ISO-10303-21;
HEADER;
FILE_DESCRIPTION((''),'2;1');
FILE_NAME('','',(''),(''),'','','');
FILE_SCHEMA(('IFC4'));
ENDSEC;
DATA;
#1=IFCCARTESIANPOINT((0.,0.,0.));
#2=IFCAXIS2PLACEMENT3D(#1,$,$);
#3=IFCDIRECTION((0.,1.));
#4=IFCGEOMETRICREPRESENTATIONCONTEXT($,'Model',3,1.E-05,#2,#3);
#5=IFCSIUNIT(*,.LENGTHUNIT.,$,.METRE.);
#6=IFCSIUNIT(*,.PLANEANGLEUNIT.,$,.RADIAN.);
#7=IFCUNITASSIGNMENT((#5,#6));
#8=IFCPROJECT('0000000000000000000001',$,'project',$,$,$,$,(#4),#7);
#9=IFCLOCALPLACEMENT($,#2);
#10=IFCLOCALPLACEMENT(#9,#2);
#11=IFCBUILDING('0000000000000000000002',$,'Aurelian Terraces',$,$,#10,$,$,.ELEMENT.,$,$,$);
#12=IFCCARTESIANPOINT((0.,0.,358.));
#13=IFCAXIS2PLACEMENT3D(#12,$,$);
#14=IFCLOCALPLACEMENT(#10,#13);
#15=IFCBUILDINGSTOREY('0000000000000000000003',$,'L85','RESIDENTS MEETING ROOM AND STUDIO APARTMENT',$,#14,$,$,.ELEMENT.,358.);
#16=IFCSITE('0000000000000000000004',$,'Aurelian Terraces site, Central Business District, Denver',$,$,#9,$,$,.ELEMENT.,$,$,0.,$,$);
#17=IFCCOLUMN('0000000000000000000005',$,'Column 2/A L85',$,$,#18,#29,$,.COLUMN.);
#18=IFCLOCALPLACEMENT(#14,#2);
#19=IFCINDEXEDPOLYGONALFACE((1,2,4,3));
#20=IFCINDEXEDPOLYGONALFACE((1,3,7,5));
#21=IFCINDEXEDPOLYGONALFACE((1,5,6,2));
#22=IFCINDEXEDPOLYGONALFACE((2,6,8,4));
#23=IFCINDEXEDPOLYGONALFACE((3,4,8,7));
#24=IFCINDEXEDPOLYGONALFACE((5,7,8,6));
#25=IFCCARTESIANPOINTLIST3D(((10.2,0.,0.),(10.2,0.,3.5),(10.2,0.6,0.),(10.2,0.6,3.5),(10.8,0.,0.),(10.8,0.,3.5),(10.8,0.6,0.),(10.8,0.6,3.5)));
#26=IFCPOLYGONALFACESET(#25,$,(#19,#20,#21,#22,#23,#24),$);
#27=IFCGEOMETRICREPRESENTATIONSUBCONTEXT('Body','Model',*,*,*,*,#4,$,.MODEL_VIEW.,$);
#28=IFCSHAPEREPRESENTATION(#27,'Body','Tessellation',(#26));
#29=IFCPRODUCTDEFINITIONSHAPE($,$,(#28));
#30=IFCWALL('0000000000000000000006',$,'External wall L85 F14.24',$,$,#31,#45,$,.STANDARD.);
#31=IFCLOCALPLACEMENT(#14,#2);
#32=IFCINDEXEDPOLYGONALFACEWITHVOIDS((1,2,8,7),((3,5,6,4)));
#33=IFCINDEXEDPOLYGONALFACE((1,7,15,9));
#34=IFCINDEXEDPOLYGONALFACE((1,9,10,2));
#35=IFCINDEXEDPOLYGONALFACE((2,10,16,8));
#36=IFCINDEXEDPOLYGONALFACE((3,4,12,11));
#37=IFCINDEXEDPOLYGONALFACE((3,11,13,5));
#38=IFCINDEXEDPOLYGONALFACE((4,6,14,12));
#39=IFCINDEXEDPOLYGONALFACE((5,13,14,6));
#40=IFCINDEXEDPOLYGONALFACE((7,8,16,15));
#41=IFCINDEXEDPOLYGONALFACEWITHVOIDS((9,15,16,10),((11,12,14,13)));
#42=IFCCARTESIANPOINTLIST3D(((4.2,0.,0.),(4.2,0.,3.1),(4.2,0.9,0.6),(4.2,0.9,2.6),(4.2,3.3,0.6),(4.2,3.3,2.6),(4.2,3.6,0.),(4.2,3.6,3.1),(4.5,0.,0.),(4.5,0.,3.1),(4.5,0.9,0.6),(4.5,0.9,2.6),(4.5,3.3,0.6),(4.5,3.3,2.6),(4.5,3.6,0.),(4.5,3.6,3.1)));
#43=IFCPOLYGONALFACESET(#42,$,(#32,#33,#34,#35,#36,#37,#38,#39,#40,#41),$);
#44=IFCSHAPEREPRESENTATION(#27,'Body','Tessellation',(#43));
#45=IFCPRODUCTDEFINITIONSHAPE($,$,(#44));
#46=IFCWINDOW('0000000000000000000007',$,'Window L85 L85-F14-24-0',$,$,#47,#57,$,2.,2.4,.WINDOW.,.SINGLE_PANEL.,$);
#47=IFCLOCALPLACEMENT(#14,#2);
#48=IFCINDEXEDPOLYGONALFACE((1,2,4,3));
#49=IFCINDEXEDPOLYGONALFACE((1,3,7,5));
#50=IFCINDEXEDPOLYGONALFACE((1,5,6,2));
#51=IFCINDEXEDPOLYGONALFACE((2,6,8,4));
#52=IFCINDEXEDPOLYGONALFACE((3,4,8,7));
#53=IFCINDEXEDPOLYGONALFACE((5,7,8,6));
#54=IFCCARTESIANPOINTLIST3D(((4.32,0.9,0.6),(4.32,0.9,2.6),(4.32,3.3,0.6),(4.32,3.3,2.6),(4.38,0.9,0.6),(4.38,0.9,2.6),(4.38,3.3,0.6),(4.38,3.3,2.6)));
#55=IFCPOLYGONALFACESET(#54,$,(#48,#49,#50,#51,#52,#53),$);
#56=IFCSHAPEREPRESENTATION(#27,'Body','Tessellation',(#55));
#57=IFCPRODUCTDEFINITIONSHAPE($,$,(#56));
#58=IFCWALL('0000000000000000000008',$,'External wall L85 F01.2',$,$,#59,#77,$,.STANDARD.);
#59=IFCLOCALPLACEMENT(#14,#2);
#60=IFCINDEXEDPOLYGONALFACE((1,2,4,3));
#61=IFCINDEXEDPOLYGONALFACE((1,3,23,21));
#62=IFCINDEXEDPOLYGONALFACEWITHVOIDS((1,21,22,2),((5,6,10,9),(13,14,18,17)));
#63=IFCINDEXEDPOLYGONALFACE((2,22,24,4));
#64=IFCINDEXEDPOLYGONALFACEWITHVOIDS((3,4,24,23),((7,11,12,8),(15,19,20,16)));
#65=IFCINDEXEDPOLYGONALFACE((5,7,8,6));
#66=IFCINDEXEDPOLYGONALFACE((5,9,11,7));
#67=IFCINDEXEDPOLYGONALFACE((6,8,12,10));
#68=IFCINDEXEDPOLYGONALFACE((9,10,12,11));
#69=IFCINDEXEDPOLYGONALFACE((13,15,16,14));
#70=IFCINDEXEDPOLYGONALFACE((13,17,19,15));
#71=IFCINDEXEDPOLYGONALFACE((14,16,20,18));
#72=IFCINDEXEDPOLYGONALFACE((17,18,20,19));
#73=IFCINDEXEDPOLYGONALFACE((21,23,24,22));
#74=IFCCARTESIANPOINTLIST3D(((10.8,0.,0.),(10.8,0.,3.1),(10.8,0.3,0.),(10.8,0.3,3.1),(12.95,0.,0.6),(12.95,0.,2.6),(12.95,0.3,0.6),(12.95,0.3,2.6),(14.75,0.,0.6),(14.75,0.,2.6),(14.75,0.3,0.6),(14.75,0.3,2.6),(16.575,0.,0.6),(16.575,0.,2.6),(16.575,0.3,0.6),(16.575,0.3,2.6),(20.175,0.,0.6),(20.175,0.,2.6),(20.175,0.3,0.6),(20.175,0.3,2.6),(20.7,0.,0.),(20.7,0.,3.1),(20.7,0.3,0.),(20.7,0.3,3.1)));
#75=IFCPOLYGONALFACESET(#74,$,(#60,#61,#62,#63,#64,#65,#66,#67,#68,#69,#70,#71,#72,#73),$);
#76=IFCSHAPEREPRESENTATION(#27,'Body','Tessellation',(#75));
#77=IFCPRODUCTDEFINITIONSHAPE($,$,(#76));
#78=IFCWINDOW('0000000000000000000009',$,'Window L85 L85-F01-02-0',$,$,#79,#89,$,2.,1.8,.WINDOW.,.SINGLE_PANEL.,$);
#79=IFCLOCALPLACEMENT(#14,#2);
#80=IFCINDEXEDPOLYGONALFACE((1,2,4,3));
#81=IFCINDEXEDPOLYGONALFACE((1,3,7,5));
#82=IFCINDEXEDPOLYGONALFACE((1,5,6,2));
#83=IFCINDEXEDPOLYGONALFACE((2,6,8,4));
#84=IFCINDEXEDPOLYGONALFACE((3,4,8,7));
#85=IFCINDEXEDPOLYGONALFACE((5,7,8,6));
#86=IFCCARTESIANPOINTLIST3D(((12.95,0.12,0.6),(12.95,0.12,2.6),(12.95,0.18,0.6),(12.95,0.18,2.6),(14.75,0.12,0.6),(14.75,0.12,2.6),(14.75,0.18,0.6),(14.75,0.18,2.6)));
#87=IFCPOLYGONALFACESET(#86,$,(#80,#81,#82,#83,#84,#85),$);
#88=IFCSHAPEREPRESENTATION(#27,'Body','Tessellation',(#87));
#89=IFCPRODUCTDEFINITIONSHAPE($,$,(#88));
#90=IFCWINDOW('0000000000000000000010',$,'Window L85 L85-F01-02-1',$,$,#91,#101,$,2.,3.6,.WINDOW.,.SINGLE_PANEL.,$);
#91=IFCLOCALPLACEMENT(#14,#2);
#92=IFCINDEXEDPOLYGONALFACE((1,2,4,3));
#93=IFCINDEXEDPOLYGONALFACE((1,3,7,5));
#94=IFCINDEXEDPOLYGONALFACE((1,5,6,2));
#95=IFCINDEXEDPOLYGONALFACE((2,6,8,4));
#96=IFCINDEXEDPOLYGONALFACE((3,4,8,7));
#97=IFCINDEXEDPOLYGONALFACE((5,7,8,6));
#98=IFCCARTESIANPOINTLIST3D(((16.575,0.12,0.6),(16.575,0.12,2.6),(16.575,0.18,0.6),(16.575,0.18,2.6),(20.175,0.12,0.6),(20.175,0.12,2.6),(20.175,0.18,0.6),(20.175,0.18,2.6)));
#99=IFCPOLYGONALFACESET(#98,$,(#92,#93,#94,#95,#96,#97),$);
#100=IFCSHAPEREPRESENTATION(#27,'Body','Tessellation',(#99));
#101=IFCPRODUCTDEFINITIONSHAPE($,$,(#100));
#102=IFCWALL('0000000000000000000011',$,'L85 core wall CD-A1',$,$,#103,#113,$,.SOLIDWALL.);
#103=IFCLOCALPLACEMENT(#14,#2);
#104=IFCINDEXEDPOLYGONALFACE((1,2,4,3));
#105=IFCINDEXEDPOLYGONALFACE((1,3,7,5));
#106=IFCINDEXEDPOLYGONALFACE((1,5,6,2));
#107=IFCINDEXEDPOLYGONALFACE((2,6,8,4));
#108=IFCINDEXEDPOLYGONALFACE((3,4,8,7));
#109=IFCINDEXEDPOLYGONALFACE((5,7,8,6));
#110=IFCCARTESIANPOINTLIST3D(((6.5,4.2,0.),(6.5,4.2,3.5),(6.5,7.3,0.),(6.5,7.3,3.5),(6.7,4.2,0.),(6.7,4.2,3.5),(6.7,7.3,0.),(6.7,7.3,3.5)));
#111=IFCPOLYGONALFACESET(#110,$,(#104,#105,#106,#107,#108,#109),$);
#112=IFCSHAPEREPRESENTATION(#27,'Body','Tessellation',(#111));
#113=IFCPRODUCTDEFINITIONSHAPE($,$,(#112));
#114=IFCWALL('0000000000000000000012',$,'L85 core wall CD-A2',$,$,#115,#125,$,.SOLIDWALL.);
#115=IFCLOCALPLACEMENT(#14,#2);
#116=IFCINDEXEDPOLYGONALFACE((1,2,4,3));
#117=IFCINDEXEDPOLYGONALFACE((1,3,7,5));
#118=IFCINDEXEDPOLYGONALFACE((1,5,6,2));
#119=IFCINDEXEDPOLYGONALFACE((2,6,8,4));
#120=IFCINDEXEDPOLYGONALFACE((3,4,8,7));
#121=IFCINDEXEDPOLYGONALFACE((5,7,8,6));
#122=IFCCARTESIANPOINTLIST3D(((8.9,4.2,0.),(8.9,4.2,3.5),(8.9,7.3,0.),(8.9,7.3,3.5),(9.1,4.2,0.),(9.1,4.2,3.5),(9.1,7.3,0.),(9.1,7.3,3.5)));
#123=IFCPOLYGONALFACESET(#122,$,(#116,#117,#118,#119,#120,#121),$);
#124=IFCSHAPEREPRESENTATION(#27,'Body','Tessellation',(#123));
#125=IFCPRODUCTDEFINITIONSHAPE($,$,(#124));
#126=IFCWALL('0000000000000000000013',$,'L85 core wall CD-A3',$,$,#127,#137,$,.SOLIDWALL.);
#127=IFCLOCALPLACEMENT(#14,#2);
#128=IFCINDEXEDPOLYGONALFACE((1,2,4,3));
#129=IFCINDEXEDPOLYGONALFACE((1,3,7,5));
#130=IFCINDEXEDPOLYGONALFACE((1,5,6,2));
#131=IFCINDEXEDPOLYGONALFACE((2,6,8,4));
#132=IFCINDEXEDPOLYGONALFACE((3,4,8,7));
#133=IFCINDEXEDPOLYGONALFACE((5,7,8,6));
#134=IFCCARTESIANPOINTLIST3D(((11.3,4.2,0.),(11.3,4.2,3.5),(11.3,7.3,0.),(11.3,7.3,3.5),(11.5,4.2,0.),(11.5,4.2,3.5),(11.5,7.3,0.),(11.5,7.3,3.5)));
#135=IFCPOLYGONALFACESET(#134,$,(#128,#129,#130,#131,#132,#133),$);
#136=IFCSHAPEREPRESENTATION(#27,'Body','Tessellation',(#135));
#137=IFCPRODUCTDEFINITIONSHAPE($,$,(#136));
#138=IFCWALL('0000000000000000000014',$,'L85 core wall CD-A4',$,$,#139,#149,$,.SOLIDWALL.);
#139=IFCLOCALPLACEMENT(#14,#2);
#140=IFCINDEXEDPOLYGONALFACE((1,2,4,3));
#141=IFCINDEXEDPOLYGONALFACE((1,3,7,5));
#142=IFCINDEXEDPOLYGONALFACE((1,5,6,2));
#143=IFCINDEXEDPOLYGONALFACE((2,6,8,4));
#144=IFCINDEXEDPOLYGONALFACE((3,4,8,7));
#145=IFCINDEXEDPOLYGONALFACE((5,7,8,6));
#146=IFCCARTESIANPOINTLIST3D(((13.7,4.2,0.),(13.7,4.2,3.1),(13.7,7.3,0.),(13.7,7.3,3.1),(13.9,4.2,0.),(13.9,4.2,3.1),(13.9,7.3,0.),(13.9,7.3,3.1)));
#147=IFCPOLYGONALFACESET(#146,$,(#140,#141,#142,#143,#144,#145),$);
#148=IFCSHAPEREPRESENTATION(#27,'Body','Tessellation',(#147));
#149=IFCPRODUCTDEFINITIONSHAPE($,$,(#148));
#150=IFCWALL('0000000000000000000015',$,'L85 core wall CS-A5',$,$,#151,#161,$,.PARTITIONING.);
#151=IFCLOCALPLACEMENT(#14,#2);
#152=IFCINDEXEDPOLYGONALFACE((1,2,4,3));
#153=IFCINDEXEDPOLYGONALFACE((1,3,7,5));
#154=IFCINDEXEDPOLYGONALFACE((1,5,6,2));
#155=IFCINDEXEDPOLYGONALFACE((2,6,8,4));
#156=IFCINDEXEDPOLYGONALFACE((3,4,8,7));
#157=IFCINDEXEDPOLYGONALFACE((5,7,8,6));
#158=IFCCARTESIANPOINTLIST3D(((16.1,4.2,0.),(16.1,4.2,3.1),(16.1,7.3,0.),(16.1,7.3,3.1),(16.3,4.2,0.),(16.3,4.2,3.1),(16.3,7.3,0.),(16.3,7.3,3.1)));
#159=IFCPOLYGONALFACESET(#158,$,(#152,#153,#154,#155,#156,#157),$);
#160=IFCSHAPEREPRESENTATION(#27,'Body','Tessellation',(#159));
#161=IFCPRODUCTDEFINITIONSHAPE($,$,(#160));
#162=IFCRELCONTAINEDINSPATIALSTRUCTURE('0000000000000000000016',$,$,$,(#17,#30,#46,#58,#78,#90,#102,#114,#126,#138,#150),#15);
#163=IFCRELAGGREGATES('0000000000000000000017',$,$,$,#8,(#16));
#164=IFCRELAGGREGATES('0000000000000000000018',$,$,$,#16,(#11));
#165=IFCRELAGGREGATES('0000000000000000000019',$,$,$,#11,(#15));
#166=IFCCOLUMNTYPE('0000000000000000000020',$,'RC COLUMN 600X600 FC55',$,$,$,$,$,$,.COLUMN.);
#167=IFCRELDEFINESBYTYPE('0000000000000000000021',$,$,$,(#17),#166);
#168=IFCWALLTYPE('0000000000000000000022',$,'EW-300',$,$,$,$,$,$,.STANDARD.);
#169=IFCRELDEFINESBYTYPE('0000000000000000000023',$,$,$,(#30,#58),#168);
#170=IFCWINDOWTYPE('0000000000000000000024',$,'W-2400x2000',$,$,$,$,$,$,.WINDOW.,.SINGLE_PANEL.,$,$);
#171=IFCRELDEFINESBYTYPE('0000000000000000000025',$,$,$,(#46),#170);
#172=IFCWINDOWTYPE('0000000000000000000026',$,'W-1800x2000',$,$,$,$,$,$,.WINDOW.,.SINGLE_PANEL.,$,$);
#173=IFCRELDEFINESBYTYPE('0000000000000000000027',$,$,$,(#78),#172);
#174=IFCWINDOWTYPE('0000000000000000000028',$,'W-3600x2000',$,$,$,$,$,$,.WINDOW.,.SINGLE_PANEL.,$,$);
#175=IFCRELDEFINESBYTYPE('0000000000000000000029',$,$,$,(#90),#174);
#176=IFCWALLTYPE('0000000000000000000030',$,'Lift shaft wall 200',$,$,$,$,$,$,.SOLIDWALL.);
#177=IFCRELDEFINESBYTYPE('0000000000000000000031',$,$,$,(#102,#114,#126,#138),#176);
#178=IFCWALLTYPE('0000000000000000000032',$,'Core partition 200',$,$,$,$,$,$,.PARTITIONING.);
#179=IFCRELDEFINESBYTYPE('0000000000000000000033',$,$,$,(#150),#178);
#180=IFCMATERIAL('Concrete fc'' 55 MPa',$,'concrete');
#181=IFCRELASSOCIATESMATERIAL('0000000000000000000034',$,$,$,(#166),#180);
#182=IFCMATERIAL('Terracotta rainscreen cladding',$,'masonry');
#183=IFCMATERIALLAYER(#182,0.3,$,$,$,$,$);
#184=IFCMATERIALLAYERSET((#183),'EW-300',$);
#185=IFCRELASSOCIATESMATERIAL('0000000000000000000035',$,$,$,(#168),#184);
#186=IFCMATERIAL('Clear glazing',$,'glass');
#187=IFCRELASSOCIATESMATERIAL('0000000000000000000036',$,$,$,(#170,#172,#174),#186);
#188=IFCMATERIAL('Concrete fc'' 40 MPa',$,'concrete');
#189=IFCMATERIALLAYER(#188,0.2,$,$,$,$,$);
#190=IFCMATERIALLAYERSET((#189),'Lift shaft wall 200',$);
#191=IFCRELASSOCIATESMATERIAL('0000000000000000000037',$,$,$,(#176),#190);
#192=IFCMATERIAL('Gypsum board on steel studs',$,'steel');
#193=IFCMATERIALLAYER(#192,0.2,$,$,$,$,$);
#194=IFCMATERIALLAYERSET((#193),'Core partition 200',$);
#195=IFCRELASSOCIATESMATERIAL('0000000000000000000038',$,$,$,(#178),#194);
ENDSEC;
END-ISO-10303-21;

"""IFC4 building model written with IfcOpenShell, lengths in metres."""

from ifc_helpers import new_model, si_unit, direction, frame, frame_2d, origin, origin_2d, place, context, subcontext, project, spatial, rectangle, extrude, source, transform, mapped, material, layer, layer_set, material_profile, profile_set, type_object, element, fill, save


model = new_model("IFC4")

# Units and contexts
model_context = context("Model", 3, precision=1e-05, world=origin(), true_north=direction((0.0, 1.0)))
body_context = subcontext(model_context, "Body", "Model", "MODEL_VIEW")
ifc_project = project(units=[si_unit("LENGTHUNIT", "METRE"), si_unit("PLANEANGLEUNIT", "RADIAN")], contexts=[model_context])

# Site, building, storey
site_placement = place(None, origin())
site = spatial("IfcSite", under=ifc_project, at=site_placement, Name="Aurelian Terraces site, Central Business District, Denver", CompositionType="ELEMENT", RefElevation=0.0)
building_placement = place(site_placement, origin())
building = spatial("IfcBuilding", under=site, at=building_placement, Name="Aurelian Terraces", CompositionType="ELEMENT")
storey_placement = place(building_placement, frame((0.0, 0.0, 358.0)))
storey = spatial("IfcBuildingStorey", under=building, at=storey_placement, Name="L85", Description="RESIDENTS MEETING ROOM AND STUDIO APARTMENT", CompositionType="ELEMENT", Elevation=358.0)

# Column
ifc_material_1 = material(Name="Concrete fc' 55 MPa", Category="concrete")
ifc_material_profile = material_profile(ifc_material_1, rectangle(XDim=0.6, YDim=0.6, at=origin_2d()))
ifc_profile_set = profile_set([ifc_material_profile], Name="Concrete fc' 55 MPa")
column_type = type_object("IfcColumnType", Name="RC COLUMN 600X600 FC55", PredefinedType="COLUMN", material=ifc_profile_set)
shared_shape_1 = source(origin(), body_context, "Body", "SweptSolid", [
    extrude(rectangle(XDim=0.6, YDim=0.6, at=origin_2d()), origin(), (0.0, 0.0, 1.0), 3.5),
])
column_placement = place(storey_placement, frame((10.5, 0.3, 0.0), z_axis=(0.0, 0.0, 1.0), x_axis=(1.0, 0.0, 0.0)))
element("IfcColumn", 1, at=column_placement, inside=storey, type_object=column_type, Name="Column 2/A L85", PredefinedType="COLUMN", context=body_context, shape_type="MappedRepresentation", body=[
    mapped(shared_shape_1, transform((0.0, 0.0, 0.0), scale=1.0)),
])

# Wall, opening, window
ifc_material_2 = material(Name="Terracotta rainscreen cladding", Category="masonry")
ifc_layer_1 = layer(ifc_material_2, 0.3)
ifc_layer_set_1 = layer_set([ifc_layer_1], Name="EW-300")
wall_type_1 = type_object("IfcWallType", Name="EW-300", PredefinedType="STANDARD", material=ifc_layer_set_1)
shared_shape_2 = source(origin(), body_context, "Body", "SweptSolid", [
    extrude(rectangle(XDim=3.6, YDim=0.3, at=frame_2d((1.8, 0.0))), origin(), (0.0, 0.0, 1.0), 3.1),
])
wall_1_placement = place(storey_placement, frame((4.35, 3.6, 0.0), z_axis=(0.0, 0.0, 1.0), x_axis=(0.0, -1.0, 0.0)))
wall_1 = element("IfcWall", 2, at=wall_1_placement, inside=storey, type_object=wall_type_1, Name="External wall L85 F14.24", PredefinedType="STANDARD", context=body_context, shape_type="MappedRepresentation", body=[
    mapped(shared_shape_2, transform((0.0, 0.0, 0.0), scale=1.0)),
])
shared_shape_3 = source(origin(), body_context, "Body", "SweptSolid", [
    extrude(rectangle(XDim=2.4, YDim=2.0, at=frame_2d((1.2, 1.0))), frame((0.0, 0.16, 0.0), z_axis=(0.0, -1.0, 0.0), x_axis=(1.0, 0.0, 0.0)), (0.0, 0.0, 1.0), 0.32),
])
opening_1_placement = place(wall_1_placement, frame((0.3, 0.0, 0.6)))
opening_1 = element("IfcOpeningElement", 3, at=opening_1_placement, cuts=wall_1, PredefinedType="OPENING", context=body_context, shape_type="MappedRepresentation", body=[
    mapped(shared_shape_3, transform((0.0, 0.0, 0.0), scale=1.0)),
])
ifc_material_3 = material(Name="Clear glazing", Category="glass")
window_type_1 = type_object("IfcWindowType", Name="W-2400x2000", PartitioningType="SINGLE_PANEL", PredefinedType="WINDOW", material=ifc_material_3)
shared_shape_4 = source(origin(), body_context, "Body", "SweptSolid", [
    extrude(rectangle(XDim=2.4, YDim=2.0, at=frame_2d((1.2, 1.0))), frame((0.0, 0.03, 0.0), z_axis=(0.0, -1.0, 0.0), x_axis=(1.0, 0.0, 0.0)), (0.0, 0.0, 1.0), 0.06),
])
window_1_placement = place(opening_1_placement, origin())
window_1 = element("IfcWindow", 4, at=window_1_placement, inside=storey, type_object=window_type_1, Name="Window L85 L85-F14-24-0", OverallHeight=2.0, OverallWidth=2.4, PartitioningType="SINGLE_PANEL", PredefinedType="WINDOW", context=body_context, shape_type="MappedRepresentation", body=[
    mapped(shared_shape_4, transform((0.0, 0.0, 0.0), scale=1.0)),
])
fill(opening_1, window_1)

# Wall, openings, windows
shared_shape_5 = source(origin(), body_context, "Body", "SweptSolid", [
    extrude(rectangle(XDim=9.9, YDim=0.3, at=frame_2d((4.95, 0.0))), origin(), (0.0, 0.0, 1.0), 3.1),
])
wall_2_placement = place(storey_placement, frame((10.8, 0.15, 0.0), z_axis=(0.0, 0.0, 1.0), x_axis=(1.0, 0.0, 0.0)))
wall_2 = element("IfcWall", 5, at=wall_2_placement, inside=storey, type_object=wall_type_1, Name="External wall L85 F01.2", PredefinedType="STANDARD", context=body_context, shape_type="MappedRepresentation", body=[
    mapped(shared_shape_5, transform((0.0, 0.0, 0.0), scale=1.0)),
])
shared_shape_6 = source(origin(), body_context, "Body", "SweptSolid", [
    extrude(rectangle(XDim=1.8, YDim=2.0, at=frame_2d((0.9, 1.0))), frame((0.0, 0.16, 0.0), z_axis=(0.0, -1.0, 0.0), x_axis=(1.0, 0.0, 0.0)), (0.0, 0.0, 1.0), 0.32),
])
opening_2_placement = place(wall_2_placement, frame((2.15, 0.0, 0.6)))
opening_2 = element("IfcOpeningElement", 6, at=opening_2_placement, cuts=wall_2, PredefinedType="OPENING", context=body_context, shape_type="MappedRepresentation", body=[
    mapped(shared_shape_6, transform((0.0, 0.0, 0.0), scale=1.0)),
])
shared_shape_7 = source(origin(), body_context, "Body", "SweptSolid", [
    extrude(rectangle(XDim=3.6, YDim=2.0, at=frame_2d((1.8, 1.0))), frame((0.0, 0.16, 0.0), z_axis=(0.0, -1.0, 0.0), x_axis=(1.0, 0.0, 0.0)), (0.0, 0.0, 1.0), 0.32),
])
opening_3_placement = place(wall_2_placement, frame((5.775, 0.0, 0.6)))
opening_3 = element("IfcOpeningElement", 7, at=opening_3_placement, cuts=wall_2, PredefinedType="OPENING", context=body_context, shape_type="MappedRepresentation", body=[
    mapped(shared_shape_7, transform((0.0, 0.0, 0.0), scale=1.0)),
])
window_type_2 = type_object("IfcWindowType", Name="W-1800x2000", PartitioningType="SINGLE_PANEL", PredefinedType="WINDOW", material=ifc_material_3)
shared_shape_8 = source(origin(), body_context, "Body", "SweptSolid", [
    extrude(rectangle(XDim=1.8, YDim=2.0, at=frame_2d((0.9, 1.0))), frame((0.0, 0.03, 0.0), z_axis=(0.0, -1.0, 0.0), x_axis=(1.0, 0.0, 0.0)), (0.0, 0.0, 1.0), 0.06),
])
window_2_placement = place(opening_2_placement, origin())
window_2 = element("IfcWindow", 8, at=window_2_placement, inside=storey, type_object=window_type_2, Name="Window L85 L85-F01-02-0", OverallHeight=2.0, OverallWidth=1.8, PartitioningType="SINGLE_PANEL", PredefinedType="WINDOW", context=body_context, shape_type="MappedRepresentation", body=[
    mapped(shared_shape_8, transform((0.0, 0.0, 0.0), scale=1.0)),
])
fill(opening_2, window_2)
window_type_3 = type_object("IfcWindowType", Name="W-3600x2000", PartitioningType="SINGLE_PANEL", PredefinedType="WINDOW", material=ifc_material_3)
shared_shape_9 = source(origin(), body_context, "Body", "SweptSolid", [
    extrude(rectangle(XDim=3.6, YDim=2.0, at=frame_2d((1.8, 1.0))), frame((0.0, 0.03, 0.0), z_axis=(0.0, -1.0, 0.0), x_axis=(1.0, 0.0, 0.0)), (0.0, 0.0, 1.0), 0.06),
])
window_3_placement = place(opening_3_placement, origin())
window_3 = element("IfcWindow", 9, at=window_3_placement, inside=storey, type_object=window_type_3, Name="Window L85 L85-F01-02-1", OverallHeight=2.0, OverallWidth=3.6, PartitioningType="SINGLE_PANEL", PredefinedType="WINDOW", context=body_context, shape_type="MappedRepresentation", body=[
    mapped(shared_shape_9, transform((0.0, 0.0, 0.0), scale=1.0)),
])
fill(opening_3, window_3)

# Walls
ifc_material_4 = material(Name="Concrete fc' 40 MPa", Category="concrete")
ifc_layer_2 = layer(ifc_material_4, 0.2)
ifc_layer_set_2 = layer_set([ifc_layer_2], Name="Lift shaft wall 200")
wall_type_2 = type_object("IfcWallType", Name="Lift shaft wall 200", PredefinedType="SOLIDWALL", material=ifc_layer_set_2)
shared_shape_10 = source(origin(), body_context, "Body", "SweptSolid", [
    extrude(rectangle(XDim=3.1, YDim=0.2, at=frame_2d((1.55, 0.0))), origin(), (0.0, 0.0, 1.0), 3.5),
])
for number, where, z_axis, x_axis, name in (
    (10, (6.6, 4.2, 0.0), (0.0, 0.0, 1.0), (0.0, 1.0, 0.0), "L85 core wall CD-A1"),
    (11, (9.0, 4.2, 0.0), (0.0, 0.0, 1.0), (0.0, 1.0, 0.0), "L85 core wall CD-A2"),
    (12, (11.4, 4.2, 0.0), (0.0, 0.0, 1.0), (0.0, 1.0, 0.0), "L85 core wall CD-A3"),
):
    element("IfcWall", number, at=place(storey_placement, frame(where, z_axis=z_axis, x_axis=x_axis)), inside=storey, type_object=wall_type_2, Name=name, PredefinedType="SOLIDWALL", context=body_context, shape_type="MappedRepresentation", body=[
        mapped(shared_shape_10, transform((0.0, 0.0, 0.0), scale=1.0)),
    ])
shared_shape_11 = source(origin(), body_context, "Body", "SweptSolid", [
    extrude(rectangle(XDim=3.1, YDim=0.2, at=frame_2d((1.55, 0.0))), origin(), (0.0, 0.0, 1.0), 3.1),
])
wall_3_placement = place(storey_placement, frame((13.8, 4.2, 0.0), z_axis=(0.0, 0.0, 1.0), x_axis=(0.0, 1.0, 0.0)))
element("IfcWall", 13, at=wall_3_placement, inside=storey, type_object=wall_type_2, Name="L85 core wall CD-A4", PredefinedType="SOLIDWALL", context=body_context, shape_type="MappedRepresentation", body=[
    mapped(shared_shape_11, transform((0.0, 0.0, 0.0), scale=1.0)),
])
ifc_material_5 = material(Name="Gypsum board on steel studs", Category="steel")
ifc_layer_3 = layer(ifc_material_5, 0.2)
ifc_layer_set_3 = layer_set([ifc_layer_3], Name="Core partition 200")
wall_type_3 = type_object("IfcWallType", Name="Core partition 200", PredefinedType="PARTITIONING", material=ifc_layer_set_3)
shared_shape_12 = source(origin(), body_context, "Body", "SweptSolid", [
    extrude(rectangle(XDim=3.1, YDim=0.2, at=frame_2d((1.55, 0.0))), origin(), (0.0, 0.0, 1.0), 3.1),
])
wall_4_placement = place(storey_placement, frame((16.2, 4.2, 0.0), z_axis=(0.0, 0.0, 1.0), x_axis=(0.0, 1.0, 0.0)))
element("IfcWall", 14, at=wall_4_placement, inside=storey, type_object=wall_type_3, Name="L85 core wall CS-A5", PredefinedType="PARTITIONING", context=body_context, shape_type="MappedRepresentation", body=[
    mapped(shared_shape_12, transform((0.0, 0.0, 0.0), scale=1.0)),
])

save(model, "model.ifc")
